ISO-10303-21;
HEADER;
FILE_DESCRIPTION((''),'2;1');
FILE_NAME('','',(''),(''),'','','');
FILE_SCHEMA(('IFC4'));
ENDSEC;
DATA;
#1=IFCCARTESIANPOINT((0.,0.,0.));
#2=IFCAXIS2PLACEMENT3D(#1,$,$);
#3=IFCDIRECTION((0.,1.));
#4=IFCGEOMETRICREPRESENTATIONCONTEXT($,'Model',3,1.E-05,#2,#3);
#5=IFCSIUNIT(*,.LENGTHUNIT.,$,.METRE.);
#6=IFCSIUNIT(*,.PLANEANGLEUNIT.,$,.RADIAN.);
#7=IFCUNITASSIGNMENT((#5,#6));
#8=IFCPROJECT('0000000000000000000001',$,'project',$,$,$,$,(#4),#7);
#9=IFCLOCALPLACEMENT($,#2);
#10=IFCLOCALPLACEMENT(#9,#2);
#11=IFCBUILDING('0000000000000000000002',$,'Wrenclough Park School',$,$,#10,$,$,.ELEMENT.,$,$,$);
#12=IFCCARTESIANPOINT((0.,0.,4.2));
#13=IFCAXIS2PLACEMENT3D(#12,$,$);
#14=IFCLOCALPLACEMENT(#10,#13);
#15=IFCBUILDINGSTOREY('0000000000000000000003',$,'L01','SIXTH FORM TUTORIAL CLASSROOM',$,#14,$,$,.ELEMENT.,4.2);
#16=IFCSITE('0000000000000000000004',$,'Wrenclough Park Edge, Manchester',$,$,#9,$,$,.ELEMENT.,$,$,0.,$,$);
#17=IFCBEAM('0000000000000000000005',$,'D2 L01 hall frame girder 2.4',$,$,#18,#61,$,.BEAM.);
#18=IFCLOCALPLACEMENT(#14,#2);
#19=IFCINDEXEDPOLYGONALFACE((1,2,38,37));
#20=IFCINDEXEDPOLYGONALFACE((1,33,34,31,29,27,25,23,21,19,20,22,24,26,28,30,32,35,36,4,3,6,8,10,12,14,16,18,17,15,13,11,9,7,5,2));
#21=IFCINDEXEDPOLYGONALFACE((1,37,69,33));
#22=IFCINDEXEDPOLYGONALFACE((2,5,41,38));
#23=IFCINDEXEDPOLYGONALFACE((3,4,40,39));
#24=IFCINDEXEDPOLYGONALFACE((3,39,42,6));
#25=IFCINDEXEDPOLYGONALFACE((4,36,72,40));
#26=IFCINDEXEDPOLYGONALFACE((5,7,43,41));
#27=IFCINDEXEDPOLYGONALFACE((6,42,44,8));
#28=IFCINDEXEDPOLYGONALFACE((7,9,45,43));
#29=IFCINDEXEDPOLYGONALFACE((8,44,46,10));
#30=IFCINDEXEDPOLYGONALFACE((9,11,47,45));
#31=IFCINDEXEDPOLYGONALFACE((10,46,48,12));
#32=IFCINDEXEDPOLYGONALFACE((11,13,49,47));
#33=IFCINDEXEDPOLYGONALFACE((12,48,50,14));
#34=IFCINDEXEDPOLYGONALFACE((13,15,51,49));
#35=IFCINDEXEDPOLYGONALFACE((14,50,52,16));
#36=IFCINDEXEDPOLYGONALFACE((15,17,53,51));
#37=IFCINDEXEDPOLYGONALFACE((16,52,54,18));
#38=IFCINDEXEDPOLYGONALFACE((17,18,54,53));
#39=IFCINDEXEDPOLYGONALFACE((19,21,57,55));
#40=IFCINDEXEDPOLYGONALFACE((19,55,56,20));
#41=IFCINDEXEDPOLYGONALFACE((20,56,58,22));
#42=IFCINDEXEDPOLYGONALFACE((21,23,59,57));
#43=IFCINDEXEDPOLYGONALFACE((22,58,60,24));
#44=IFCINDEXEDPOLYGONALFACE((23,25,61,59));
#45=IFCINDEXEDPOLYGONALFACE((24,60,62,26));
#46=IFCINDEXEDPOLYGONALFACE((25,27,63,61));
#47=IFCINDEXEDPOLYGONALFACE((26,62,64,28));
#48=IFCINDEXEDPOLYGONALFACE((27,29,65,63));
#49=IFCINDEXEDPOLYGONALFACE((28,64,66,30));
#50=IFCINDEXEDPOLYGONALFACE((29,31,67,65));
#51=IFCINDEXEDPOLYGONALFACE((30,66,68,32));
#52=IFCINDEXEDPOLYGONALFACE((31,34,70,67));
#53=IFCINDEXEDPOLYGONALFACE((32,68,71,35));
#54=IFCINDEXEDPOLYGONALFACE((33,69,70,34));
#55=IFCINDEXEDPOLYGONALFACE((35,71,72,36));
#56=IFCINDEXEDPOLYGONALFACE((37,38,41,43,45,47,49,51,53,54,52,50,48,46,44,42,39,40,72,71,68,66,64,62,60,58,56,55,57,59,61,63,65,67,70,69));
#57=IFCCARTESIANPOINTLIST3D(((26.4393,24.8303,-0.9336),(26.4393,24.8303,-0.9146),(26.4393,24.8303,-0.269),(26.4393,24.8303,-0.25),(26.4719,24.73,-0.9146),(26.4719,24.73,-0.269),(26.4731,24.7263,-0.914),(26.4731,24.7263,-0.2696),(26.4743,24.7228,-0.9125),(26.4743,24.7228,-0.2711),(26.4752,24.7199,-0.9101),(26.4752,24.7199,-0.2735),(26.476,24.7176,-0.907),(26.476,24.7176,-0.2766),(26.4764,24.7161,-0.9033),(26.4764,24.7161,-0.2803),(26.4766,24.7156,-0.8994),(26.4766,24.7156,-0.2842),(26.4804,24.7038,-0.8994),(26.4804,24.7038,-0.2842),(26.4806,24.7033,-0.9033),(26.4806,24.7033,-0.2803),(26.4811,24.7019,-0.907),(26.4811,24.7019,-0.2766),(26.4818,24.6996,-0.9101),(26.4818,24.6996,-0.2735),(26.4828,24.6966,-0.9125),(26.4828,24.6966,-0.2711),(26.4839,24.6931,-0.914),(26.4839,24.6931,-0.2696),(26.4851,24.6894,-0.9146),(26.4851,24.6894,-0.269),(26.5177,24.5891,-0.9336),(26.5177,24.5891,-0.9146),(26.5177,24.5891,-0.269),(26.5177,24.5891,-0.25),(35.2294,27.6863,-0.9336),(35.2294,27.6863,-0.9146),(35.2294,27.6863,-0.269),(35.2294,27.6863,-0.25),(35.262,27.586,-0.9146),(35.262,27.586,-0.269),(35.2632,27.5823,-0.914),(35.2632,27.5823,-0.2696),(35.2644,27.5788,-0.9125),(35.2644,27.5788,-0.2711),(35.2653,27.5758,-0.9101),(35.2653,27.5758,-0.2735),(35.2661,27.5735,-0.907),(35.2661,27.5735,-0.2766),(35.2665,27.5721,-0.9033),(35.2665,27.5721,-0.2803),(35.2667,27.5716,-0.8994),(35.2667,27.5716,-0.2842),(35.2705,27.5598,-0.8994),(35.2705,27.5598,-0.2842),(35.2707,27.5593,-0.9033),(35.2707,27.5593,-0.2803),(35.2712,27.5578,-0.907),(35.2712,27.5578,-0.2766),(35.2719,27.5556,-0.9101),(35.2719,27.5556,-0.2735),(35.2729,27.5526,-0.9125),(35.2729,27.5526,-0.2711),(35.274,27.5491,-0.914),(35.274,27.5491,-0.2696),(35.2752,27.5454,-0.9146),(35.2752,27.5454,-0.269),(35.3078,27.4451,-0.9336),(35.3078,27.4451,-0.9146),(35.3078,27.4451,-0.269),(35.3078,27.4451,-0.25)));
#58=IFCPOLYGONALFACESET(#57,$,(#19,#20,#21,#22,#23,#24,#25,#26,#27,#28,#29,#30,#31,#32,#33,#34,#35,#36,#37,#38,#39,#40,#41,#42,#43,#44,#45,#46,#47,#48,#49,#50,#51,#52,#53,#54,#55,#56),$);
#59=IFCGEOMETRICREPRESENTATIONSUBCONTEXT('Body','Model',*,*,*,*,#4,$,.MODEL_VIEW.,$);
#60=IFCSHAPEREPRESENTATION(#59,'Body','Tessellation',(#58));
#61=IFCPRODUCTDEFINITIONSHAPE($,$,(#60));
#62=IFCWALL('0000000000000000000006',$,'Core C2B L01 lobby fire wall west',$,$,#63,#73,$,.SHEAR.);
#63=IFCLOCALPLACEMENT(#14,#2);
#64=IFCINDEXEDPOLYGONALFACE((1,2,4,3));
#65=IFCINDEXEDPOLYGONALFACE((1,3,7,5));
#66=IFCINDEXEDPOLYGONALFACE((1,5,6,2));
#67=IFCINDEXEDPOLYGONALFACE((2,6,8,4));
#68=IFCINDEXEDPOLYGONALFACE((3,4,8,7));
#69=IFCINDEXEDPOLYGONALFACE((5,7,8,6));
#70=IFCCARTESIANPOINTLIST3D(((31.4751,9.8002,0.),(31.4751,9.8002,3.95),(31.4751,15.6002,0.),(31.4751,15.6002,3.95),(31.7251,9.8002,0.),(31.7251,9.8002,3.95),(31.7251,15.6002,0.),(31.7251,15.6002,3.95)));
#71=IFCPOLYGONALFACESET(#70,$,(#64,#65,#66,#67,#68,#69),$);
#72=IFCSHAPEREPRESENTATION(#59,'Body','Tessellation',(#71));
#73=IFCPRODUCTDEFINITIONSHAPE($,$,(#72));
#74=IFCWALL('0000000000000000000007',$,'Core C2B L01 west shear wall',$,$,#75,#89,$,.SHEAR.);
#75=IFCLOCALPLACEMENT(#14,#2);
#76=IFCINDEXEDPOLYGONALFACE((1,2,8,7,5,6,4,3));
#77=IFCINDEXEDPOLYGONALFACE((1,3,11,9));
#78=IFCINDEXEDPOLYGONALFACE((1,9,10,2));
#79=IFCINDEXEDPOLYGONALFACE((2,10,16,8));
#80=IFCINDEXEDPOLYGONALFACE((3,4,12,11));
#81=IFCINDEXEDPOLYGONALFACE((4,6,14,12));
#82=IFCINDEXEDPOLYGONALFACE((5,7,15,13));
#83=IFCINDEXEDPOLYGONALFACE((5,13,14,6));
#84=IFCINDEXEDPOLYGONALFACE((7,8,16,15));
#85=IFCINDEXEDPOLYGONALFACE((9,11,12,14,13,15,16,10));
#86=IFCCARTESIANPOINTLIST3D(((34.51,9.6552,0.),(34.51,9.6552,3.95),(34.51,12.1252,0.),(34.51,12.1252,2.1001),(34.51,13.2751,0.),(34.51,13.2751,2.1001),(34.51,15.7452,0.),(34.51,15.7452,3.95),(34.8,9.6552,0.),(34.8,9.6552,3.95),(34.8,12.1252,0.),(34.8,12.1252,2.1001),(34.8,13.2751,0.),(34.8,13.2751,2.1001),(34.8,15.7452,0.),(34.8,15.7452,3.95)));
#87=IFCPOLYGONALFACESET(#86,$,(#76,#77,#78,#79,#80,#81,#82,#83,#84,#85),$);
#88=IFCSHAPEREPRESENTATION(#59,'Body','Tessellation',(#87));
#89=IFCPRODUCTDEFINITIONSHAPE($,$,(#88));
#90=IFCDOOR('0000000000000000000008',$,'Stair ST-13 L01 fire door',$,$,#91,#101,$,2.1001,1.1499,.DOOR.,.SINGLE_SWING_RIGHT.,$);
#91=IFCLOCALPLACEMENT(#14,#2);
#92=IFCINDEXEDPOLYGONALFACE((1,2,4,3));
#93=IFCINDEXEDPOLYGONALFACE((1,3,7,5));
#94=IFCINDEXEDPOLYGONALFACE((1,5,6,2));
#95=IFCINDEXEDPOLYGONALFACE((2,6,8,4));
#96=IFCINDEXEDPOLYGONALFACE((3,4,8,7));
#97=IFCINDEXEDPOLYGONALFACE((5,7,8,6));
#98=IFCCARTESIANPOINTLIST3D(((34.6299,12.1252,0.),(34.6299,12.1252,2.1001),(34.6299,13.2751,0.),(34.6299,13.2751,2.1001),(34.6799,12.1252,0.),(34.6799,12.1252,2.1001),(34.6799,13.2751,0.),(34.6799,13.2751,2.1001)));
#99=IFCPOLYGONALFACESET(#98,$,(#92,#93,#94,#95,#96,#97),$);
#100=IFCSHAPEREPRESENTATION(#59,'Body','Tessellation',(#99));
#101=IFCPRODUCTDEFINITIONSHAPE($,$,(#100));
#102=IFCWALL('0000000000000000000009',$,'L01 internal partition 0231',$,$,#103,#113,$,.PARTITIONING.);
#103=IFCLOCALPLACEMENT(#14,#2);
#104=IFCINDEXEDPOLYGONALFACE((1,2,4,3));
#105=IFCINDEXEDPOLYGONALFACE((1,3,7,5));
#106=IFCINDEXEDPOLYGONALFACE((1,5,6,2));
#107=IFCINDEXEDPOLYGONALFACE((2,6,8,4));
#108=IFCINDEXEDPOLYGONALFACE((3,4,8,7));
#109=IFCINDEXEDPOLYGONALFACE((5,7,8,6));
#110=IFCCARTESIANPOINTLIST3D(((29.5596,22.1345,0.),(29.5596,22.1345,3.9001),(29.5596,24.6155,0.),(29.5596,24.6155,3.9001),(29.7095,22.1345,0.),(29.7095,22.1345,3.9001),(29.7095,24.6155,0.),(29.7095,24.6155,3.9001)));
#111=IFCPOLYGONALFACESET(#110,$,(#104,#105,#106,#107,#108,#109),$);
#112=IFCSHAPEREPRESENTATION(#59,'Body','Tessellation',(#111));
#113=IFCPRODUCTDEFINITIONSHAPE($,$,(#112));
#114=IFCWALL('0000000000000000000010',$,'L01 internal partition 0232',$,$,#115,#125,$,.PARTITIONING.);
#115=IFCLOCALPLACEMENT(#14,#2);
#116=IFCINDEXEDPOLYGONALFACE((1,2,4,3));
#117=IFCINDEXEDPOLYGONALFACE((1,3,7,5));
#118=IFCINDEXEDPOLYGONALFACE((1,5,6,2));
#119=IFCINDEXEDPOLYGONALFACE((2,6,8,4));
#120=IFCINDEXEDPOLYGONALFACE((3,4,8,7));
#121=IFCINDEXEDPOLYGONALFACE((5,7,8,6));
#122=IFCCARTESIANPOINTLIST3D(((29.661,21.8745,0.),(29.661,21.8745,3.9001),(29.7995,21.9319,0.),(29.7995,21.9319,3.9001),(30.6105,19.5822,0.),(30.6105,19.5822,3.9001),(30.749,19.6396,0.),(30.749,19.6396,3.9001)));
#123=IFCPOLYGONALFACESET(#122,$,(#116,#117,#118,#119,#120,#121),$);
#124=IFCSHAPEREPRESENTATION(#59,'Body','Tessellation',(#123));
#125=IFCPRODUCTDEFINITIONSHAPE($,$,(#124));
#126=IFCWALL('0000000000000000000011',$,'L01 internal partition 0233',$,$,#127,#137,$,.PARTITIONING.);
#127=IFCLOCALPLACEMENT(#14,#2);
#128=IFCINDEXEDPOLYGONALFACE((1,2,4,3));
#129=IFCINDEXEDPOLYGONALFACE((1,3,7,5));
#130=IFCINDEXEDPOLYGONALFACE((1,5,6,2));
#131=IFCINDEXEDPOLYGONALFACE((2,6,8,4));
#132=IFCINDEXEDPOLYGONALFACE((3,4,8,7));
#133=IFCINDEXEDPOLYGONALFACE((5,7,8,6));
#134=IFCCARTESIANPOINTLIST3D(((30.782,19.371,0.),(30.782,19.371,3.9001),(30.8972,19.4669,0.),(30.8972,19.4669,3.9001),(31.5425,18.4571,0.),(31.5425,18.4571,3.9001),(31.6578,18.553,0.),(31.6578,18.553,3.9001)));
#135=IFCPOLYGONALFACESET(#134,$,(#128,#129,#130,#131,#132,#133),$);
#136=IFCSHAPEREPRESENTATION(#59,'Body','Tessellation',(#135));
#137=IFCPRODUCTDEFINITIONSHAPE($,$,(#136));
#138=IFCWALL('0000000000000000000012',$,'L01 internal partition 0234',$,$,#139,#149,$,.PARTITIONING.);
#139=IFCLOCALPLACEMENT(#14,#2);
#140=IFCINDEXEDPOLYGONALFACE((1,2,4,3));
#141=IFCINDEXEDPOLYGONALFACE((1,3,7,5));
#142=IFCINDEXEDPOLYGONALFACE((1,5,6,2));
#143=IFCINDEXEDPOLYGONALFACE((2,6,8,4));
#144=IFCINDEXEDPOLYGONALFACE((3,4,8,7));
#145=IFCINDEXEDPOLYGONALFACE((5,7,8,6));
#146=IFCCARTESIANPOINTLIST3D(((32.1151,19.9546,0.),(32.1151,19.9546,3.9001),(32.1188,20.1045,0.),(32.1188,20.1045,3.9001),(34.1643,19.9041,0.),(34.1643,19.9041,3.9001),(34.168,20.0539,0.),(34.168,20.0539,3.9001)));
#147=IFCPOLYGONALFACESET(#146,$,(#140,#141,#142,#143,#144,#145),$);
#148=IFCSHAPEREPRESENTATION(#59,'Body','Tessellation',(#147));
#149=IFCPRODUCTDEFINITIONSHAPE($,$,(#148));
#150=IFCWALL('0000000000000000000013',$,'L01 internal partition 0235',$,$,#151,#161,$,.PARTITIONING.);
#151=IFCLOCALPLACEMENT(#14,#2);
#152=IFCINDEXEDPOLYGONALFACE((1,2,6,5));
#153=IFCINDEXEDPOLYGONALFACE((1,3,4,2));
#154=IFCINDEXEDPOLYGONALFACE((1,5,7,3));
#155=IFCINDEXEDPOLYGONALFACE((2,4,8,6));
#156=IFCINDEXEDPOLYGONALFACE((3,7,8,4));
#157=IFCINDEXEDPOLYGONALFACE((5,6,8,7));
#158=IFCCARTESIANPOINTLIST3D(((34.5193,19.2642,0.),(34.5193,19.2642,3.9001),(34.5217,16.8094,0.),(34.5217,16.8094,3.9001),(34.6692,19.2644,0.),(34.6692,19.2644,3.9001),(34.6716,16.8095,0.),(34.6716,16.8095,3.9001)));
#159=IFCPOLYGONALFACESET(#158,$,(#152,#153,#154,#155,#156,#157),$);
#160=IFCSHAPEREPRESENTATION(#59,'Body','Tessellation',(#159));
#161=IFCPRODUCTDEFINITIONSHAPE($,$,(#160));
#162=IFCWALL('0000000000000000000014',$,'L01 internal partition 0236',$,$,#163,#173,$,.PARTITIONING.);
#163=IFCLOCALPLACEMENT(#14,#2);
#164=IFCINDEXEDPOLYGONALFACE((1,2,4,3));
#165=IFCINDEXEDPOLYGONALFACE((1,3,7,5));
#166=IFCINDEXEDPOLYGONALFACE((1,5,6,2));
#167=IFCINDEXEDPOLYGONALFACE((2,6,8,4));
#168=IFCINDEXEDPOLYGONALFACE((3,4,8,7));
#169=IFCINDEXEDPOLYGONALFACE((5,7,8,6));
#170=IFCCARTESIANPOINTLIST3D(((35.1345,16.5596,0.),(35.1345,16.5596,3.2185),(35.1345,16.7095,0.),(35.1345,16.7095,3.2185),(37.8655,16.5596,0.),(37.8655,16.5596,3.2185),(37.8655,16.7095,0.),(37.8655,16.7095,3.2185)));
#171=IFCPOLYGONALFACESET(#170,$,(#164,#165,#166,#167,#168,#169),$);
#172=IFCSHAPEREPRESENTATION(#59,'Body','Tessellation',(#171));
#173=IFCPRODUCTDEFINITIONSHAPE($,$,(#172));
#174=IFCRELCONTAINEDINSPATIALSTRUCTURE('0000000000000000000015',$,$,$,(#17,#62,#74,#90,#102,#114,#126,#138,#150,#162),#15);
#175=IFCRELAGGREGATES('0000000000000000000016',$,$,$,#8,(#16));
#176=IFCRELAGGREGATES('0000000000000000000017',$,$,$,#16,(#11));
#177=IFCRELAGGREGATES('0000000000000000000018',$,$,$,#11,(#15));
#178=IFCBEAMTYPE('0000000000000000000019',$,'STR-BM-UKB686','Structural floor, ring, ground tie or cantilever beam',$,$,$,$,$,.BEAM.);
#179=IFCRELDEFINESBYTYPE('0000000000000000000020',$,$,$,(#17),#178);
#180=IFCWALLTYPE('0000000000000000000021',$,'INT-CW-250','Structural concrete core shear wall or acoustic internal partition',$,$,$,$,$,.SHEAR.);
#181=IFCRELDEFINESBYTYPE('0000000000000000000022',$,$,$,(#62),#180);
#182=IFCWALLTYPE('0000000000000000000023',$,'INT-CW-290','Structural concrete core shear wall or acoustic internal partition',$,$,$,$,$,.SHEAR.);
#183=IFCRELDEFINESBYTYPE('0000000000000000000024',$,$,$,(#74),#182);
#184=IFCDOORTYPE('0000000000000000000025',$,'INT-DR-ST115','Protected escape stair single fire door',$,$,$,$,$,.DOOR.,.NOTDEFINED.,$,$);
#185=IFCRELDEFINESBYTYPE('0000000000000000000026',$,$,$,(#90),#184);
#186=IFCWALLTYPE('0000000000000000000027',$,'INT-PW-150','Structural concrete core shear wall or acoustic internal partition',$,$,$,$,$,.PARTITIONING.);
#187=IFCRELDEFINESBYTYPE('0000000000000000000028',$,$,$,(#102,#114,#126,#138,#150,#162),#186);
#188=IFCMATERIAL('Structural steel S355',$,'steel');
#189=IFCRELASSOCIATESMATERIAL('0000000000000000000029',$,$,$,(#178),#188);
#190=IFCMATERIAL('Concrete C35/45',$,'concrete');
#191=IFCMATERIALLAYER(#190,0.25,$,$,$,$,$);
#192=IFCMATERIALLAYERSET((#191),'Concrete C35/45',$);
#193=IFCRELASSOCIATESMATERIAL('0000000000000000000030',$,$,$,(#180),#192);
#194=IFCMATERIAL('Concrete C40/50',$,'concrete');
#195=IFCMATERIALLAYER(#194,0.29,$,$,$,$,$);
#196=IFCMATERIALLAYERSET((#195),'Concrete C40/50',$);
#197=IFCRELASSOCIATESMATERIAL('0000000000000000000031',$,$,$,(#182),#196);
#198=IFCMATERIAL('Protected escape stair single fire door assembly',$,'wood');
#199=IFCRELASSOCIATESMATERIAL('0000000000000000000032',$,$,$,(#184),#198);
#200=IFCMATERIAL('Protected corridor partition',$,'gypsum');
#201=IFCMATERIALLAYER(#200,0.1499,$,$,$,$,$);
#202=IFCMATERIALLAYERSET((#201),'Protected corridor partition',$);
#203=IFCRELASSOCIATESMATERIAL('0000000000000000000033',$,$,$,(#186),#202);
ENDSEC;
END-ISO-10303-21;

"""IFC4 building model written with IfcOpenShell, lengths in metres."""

from ifc_helpers import new_model, si_unit, direction, frame, frame_2d, origin, origin_2d, place, context, subcontext, project, spatial, rectangle, i_section, extrude, material, layer, layer_set, material_profile, profile_set, type_object, element, fill, save


model = new_model("IFC4")

# Units and contexts
model_context = context("Model", 3, precision=1e-05, world=origin(), true_north=direction((0.0, 1.0)))
body_context = subcontext(model_context, "Body", "Model", "MODEL_VIEW")
ifc_project = project(units=[si_unit("LENGTHUNIT", "METRE"), si_unit("PLANEANGLEUNIT", "RADIAN")], contexts=[model_context])

# Site, building, storey
site_placement = place(None, origin())
site = spatial("IfcSite", under=ifc_project, at=site_placement, Name="Wrenclough Park Edge, Manchester", CompositionType="ELEMENT", RefElevation=0.0)
building_placement = place(site_placement, origin())
building = spatial("IfcBuilding", under=site, at=building_placement, Name="Wrenclough Park School", CompositionType="ELEMENT")
storey_placement = place(building_placement, frame((0.0, 0.0, 4.2)))
storey = spatial("IfcBuildingStorey", under=building, at=storey_placement, Name="L01", Description="SIXTH FORM TUTORIAL CLASSROOM", CompositionType="ELEMENT", Elevation=4.2)

# Shared definitions
ifc_material_1 = material(Name="Structural steel S355", Category="steel")

# Beam
ifc_material_profile_1 = material_profile(ifc_material_1, i_section(OverallWidth=0.2537, OverallDepth=0.6836, WebThickness=0.0125, FlangeThickness=0.019, FilletRadius=0.0151, at=origin_2d()), Name="UKB 686x254x140")
ifc_profile_set_1 = profile_set([ifc_material_profile_1], Name="Structural steel S355")
beam_type_1 = type_object("IfcBeamType", Name="STR-BM-UKB686", Description="Structural floor, ring, ground tie or cantilever beam", PredefinedType="BEAM", material=ifc_profile_set_1)
beam_1_placement = place(storey_placement, frame((26.4785, 24.7097, -0.5918), z_axis=(0.95106, 0.309007, 0.0), x_axis=(-0.309007, 0.95106, 0.0)))
element("IfcBeam", 1, at=beam_1_placement, inside=storey, type_object=beam_type_1, Name="D2 L01 hall frame girder 2.4", PredefinedType="BEAM", context=body_context, shape_type="SweptSolid", body=[
    extrude(i_section(OverallWidth=0.2537, OverallDepth=0.6836, WebThickness=0.0125, FlangeThickness=0.019, FilletRadius=0.0151, at=origin_2d()), origin(), (0.0, 0.0, 1.0), 9.2424),
])

# Shared definitions
ifc_material_2 = material(Name="Concrete C35/45", Category="concrete")
ifc_layer_1 = layer(ifc_material_2, 0.25)
ifc_layer_set_1 = layer_set([ifc_layer_1], Name="Concrete C35/45")
wall_type_1 = type_object("IfcWallType", Name="INT-CW-250", Description="Structural concrete core shear wall or acoustic internal partition", PredefinedType="SHEAR", material=ifc_layer_set_1)

# Wall
wall_1_placement = place(storey_placement, frame((31.6001, 15.6001, 0.0), z_axis=(0.0, 0.0, 1.0), x_axis=(0.0, -1.0, 0.0)))
element("IfcWall", 2, at=wall_1_placement, inside=storey, type_object=wall_type_1, Name="Core C2B L01 lobby fire wall west", PredefinedType="SHEAR", context=body_context, shape_type="SweptSolid", body=[
    extrude(rectangle(XDim=5.8, YDim=0.25, at=frame_2d((2.8999, 0.0))), origin(), (0.0, 0.0, 1.0), 3.95),
])

# Wall, opening, door
ifc_material_3 = material(Name="Concrete C40/50", Category="concrete")
ifc_layer_2 = layer(ifc_material_3, 0.29)
ifc_layer_set_2 = layer_set([ifc_layer_2], Name="Concrete C40/50")
wall_type_2 = type_object("IfcWallType", Name="INT-CW-290", Description="Structural concrete core shear wall or acoustic internal partition", PredefinedType="SHEAR", material=ifc_layer_set_2)
wall_2_placement = place(storey_placement, frame((34.655, 15.7451, 0.0), z_axis=(0.0, 0.0, 1.0), x_axis=(0.0, -1.0, 0.0)))
wall_2 = element("IfcWall", 3, at=wall_2_placement, inside=storey, type_object=wall_type_2, Name="Core C2B L01 west shear wall", PredefinedType="SHEAR", context=body_context, shape_type="SweptSolid", body=[
    extrude(rectangle(XDim=6.0901, YDim=0.29, at=frame_2d((3.0449, 0.0))), origin(), (0.0, 0.0, 1.0), 3.95),
])
opening_1_placement = place(wall_2_placement, frame((2.47, 0.0, 0.0)))
opening_1 = element("IfcOpeningElement", 4, at=opening_1_placement, cuts=wall_2, PredefinedType="OPENING", context=body_context, shape_type="SweptSolid", body=[
    extrude(rectangle(XDim=1.1499, YDim=2.1001, at=frame_2d((0.575, 1.05))), frame((0.0, 0.155, 0.0), z_axis=(0.0, -1.0, 0.0), x_axis=(1.0, 0.0, 0.0)), (0.0, 0.0, 1.0), 0.3101),
])
ifc_material_4 = material(Name="Protected escape stair single fire door assembly", Category="wood")
door_type_1 = type_object("IfcDoorType", Name="INT-DR-ST115", Description="Protected escape stair single fire door", OperationType="NOTDEFINED", PredefinedType="DOOR", material=ifc_material_4)
door_1_placement = place(opening_1_placement, origin())
door_1 = element("IfcDoor", 5, at=door_1_placement, inside=storey, type_object=door_type_1, Name="Stair ST-13 L01 fire door", OperationType="SINGLE_SWING_RIGHT", OverallHeight=2.1001, OverallWidth=1.1499, PredefinedType="DOOR", context=body_context, shape_type="SweptSolid", body=[
    extrude(rectangle(XDim=1.1499, YDim=2.1001, at=frame_2d((0.575, 1.05))), frame((0.0, 0.0249, 0.0), z_axis=(0.0, -1.0, 0.0), x_axis=(1.0, 0.0, 0.0)), (0.0, 0.0, 1.0), 0.05),
])
fill(opening_1, door_1)

# Walls
ifc_material_5 = material(Name="Protected corridor partition", Category="gypsum")
ifc_layer_3 = layer(ifc_material_5, 0.1499)
ifc_layer_set_3 = layer_set([ifc_layer_3], Name="Protected corridor partition")
wall_type_3 = type_object("IfcWallType", Name="INT-PW-150", Description="Structural concrete core shear wall or acoustic internal partition", PredefinedType="PARTITIONING", material=ifc_layer_set_3)
wall_3_placement = place(storey_placement, frame((29.6345, 24.6155, 0.0), z_axis=(0.0, 0.0, 1.0), x_axis=(0.0, -1.0, 0.0)))
element("IfcWall", 6, at=wall_3_placement, inside=storey, type_object=wall_type_3, Name="L01 internal partition 0231", PredefinedType="PARTITIONING", context=body_context, shape_type="SweptSolid", body=[
    extrude(rectangle(XDim=2.481, YDim=0.1499, at=frame_2d((1.2405, 0.0))), origin(), (0.0, 0.0, 1.0), 3.9001),
])
wall_4_placement = place(storey_placement, frame((29.7302, 21.9033, 0.0), z_axis=(0.0, 0.0, 1.0), x_axis=(0.382679, -0.923881, 0.0)))
element("IfcWall", 7, at=wall_4_placement, inside=storey, type_object=wall_type_3, Name="L01 internal partition 0232", PredefinedType="PARTITIONING", context=body_context, shape_type="SweptSolid", body=[
    extrude(rectangle(XDim=2.4812, YDim=0.1499, at=frame_2d((1.2407, 0.0))), origin(), (0.0, 0.0, 1.0), 3.9001),
])
wall_5_placement = place(storey_placement, frame((30.8396, 19.4189, 0.0), z_axis=(0.0, 0.0, 1.0), x_axis=(0.639679, -0.768642, 0.0)))
element("IfcWall", 8, at=wall_5_placement, inside=storey, type_object=wall_type_3, Name="L01 internal partition 0233", PredefinedType="PARTITIONING", context=body_context, shape_type="SweptSolid", body=[
    extrude(rectangle(XDim=1.189, YDim=0.1499, at=frame_2d((0.5945, 0.0))), origin(), (0.0, 0.0, 1.0), 3.9001),
])
wall_6_placement = place(storey_placement, frame((32.1169, 20.0295, 0.0), z_axis=(0.0, 0.0, 1.0), x_axis=(0.999696, -0.024656, 0.0)))
element("IfcWall", 9, at=wall_6_placement, inside=storey, type_object=wall_type_3, Name="L01 internal partition 0234", PredefinedType="PARTITIONING", context=body_context, shape_type="SweptSolid", body=[
    extrude(rectangle(XDim=2.0498, YDim=0.1499, at=frame_2d((1.0249, 0.0))), origin(), (0.0, 0.0, 1.0), 3.9001),
])
wall_7_placement = place(storey_placement, frame((34.5942, 19.2644, 0.0), z_axis=(0.0, 0.0, 1.0), x_axis=(0.000995, -1.0, 0.0)))
element("IfcWall", 10, at=wall_7_placement, inside=storey, type_object=wall_type_3, Name="L01 internal partition 0235", PredefinedType="PARTITIONING", context=body_context, shape_type="SweptSolid", body=[
    extrude(rectangle(XDim=2.4548, YDim=0.1499, at=frame_2d((1.2275, 0.0))), origin(), (0.0, 0.0, 1.0), 3.9001),
])
wall_8_placement = place(storey_placement, frame((35.1345, 16.6345, 0.0), z_axis=(0.0, 0.0, 1.0), x_axis=(1.0, 0.0, 0.0)))
element("IfcWall", 11, at=wall_8_placement, inside=storey, type_object=wall_type_3, Name="L01 internal partition 0236", PredefinedType="PARTITIONING", context=body_context, shape_type="SweptSolid", body=[
    extrude(rectangle(XDim=2.731, YDim=0.1499, at=frame_2d((1.3655, 0.0))), origin(), (0.0, 0.0, 1.0), 3.2185),
])

save(model, "model.ifc")
